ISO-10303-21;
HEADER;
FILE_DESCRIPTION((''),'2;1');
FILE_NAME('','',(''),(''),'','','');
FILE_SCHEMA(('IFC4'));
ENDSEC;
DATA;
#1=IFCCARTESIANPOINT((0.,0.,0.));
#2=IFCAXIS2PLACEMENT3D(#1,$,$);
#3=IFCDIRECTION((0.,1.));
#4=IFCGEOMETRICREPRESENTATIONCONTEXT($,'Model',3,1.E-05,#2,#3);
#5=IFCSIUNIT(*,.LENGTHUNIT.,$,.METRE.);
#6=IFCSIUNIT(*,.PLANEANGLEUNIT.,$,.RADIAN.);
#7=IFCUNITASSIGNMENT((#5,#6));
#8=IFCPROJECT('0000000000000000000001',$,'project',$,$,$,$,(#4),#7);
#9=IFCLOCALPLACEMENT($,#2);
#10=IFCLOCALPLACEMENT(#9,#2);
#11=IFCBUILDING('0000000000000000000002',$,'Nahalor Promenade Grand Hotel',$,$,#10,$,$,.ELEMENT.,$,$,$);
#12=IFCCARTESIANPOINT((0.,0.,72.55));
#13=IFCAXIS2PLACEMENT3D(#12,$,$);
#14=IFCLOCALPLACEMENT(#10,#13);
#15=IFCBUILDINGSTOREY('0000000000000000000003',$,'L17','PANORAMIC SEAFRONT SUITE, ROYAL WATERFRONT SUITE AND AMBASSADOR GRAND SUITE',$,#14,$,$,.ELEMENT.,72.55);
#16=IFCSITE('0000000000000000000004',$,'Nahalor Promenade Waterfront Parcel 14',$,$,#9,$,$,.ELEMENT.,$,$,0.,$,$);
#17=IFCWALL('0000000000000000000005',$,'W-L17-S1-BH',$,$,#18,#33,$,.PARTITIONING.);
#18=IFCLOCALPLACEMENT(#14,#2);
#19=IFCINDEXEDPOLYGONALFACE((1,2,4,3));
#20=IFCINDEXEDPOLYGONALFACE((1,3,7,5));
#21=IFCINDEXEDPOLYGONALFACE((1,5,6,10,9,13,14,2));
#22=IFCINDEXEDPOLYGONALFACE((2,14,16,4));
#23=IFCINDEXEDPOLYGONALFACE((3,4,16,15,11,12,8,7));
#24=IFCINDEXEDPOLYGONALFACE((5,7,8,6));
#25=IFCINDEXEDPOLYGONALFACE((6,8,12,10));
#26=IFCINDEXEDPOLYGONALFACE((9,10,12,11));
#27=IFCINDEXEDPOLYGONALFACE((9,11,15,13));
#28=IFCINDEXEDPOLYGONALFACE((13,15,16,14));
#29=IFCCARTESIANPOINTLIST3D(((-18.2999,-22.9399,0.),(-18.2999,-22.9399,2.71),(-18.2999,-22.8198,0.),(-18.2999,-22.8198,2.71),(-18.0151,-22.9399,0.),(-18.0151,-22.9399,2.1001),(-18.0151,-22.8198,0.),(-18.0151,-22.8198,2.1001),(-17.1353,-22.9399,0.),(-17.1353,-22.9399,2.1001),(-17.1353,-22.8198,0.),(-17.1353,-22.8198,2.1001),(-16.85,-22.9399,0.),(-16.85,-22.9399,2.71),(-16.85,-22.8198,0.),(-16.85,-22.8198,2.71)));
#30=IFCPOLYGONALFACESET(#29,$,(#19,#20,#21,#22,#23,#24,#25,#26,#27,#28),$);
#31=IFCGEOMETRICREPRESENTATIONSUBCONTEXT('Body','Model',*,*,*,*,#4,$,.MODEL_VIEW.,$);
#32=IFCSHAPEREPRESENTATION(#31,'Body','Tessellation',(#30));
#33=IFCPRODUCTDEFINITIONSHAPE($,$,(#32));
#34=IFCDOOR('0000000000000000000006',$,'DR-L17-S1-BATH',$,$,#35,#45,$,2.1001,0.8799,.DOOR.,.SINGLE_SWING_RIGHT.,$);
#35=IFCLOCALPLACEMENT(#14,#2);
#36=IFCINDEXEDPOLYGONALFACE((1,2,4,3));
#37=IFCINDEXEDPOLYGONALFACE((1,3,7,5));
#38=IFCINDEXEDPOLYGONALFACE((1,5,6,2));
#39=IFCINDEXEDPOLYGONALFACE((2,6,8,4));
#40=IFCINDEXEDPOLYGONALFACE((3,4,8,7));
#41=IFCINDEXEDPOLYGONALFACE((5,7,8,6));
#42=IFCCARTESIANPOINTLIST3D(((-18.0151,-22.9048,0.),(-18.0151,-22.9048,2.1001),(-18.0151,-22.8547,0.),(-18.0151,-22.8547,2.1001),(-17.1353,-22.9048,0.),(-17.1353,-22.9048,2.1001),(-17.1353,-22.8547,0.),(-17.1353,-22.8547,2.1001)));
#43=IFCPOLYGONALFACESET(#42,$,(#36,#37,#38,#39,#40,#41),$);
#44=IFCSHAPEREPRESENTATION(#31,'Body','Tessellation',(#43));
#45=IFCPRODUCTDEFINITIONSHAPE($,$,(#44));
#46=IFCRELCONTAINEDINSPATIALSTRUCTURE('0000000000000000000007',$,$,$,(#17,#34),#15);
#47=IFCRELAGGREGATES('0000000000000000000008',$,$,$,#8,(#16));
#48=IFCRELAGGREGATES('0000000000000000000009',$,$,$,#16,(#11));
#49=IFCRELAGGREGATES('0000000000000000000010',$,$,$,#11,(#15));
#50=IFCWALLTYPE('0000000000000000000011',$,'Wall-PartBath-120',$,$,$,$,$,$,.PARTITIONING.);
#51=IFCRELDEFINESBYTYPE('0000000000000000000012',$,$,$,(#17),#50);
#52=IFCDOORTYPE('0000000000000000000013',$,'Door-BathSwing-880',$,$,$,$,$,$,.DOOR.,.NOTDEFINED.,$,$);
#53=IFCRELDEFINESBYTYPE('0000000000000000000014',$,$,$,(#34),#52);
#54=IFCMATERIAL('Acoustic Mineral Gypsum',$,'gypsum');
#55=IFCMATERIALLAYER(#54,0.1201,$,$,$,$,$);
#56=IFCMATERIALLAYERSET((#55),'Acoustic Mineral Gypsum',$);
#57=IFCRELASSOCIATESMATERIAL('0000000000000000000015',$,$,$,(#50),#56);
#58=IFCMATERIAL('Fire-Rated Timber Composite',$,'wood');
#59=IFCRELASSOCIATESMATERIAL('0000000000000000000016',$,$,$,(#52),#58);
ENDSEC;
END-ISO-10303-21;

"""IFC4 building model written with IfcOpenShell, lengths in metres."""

from ifc_helpers import new_model, si_unit, direction, frame, frame_2d, origin, place, context, subcontext, project, spatial, rectangle, extrude, source, transform, mapped, material, layer, layer_set, type_object, element, fill, save


model = new_model("IFC4")

# Units and contexts
model_context = context("Model", 3, precision=1e-05, world=origin(), true_north=direction((0.0, 1.0)))
body_context = subcontext(model_context, "Body", "Model", "MODEL_VIEW")
ifc_project = project(units=[si_unit("LENGTHUNIT", "METRE"), si_unit("PLANEANGLEUNIT", "RADIAN")], contexts=[model_context])

# Site, building, storey
site_placement = place(None, origin())
site = spatial("IfcSite", under=ifc_project, at=site_placement, Name="Nahalor Promenade Waterfront Parcel 14", CompositionType="ELEMENT", RefElevation=0.0)
building_placement = place(site_placement, origin())
building = spatial("IfcBuilding", under=site, at=building_placement, Name="Nahalor Promenade Grand Hotel", CompositionType="ELEMENT")
storey_placement = place(building_placement, frame((0.0, 0.0, 72.55)))
storey = spatial("IfcBuildingStorey", under=building, at=storey_placement, Name="L17", Description="PANORAMIC SEAFRONT SUITE, ROYAL WATERFRONT SUITE AND AMBASSADOR GRAND SUITE", CompositionType="ELEMENT", Elevation=72.55)

# Shared definitions
ifc_material_1 = material(Name="Acoustic Mineral Gypsum", Category="gypsum")

# Shared definitions
ifc_layer_1 = layer(ifc_material_1, 0.1201)
ifc_layer_set_1 = layer_set([ifc_layer_1], Name="Acoustic Mineral Gypsum")
wall_type_1 = type_object("IfcWallType", Name="Wall-PartBath-120", PredefinedType="PARTITIONING", material=ifc_layer_set_1)
ifc_material_2 = material(Name="Fire-Rated Timber Composite", Category="wood")
door_type_1 = type_object("IfcDoorType", Name="Door-BathSwing-880", OperationType="NOTDEFINED", PredefinedType="DOOR", material=ifc_material_2)
shared_shape_1 = source(origin(), body_context, "Body", "SweptSolid", [
    extrude(rectangle(XDim=0.8799, YDim=2.1001, at=frame_2d((0.4399, 1.05))), frame((0.0, 0.0249, 0.0), z_axis=(0.0, -1.0, 0.0), x_axis=(1.0, 0.0, 0.0)), (0.0, 0.0, 1.0), 0.05),
])

# Wall, opening, door
shared_shape_2 = source(origin(), body_context, "Body", "SweptSolid", [
    extrude(rectangle(XDim=1.45, YDim=0.1201, at=frame_2d((0.7251, 0.0))), origin(), (0.0, 0.0, 1.0), 2.71),
])
wall_1_placement = place(storey_placement, frame((-18.3, -22.8799, 0.0), z_axis=(0.0, 0.0, 1.0), x_axis=(1.0, 0.0, 0.0)))
wall_1 = element("IfcWall", 1, at=wall_1_placement, inside=storey, type_object=wall_type_1, Name="W-L17-S1-BH", PredefinedType="PARTITIONING", context=body_context, shape_type="MappedRepresentation", body=[
    mapped(shared_shape_2, transform((0.0, 0.0, 0.0), scale=1.0)),
])
opening_1_placement = place(wall_1_placement, frame((0.2849, 0.0, 0.0)))
opening_1 = element("IfcOpeningElement", 2, at=opening_1_placement, cuts=wall_1, PredefinedType="OPENING", context=body_context, shape_type="SweptSolid", body=[
    extrude(rectangle(XDim=0.8799, YDim=2.1001, at=frame_2d((0.4399, 1.05))), frame((0.0, 0.0701, 0.0), z_axis=(0.0, -1.0, 0.0), x_axis=(1.0, 0.0, 0.0)), (0.0, 0.0, 1.0), 0.1401),
])
door_1_placement = place(opening_1_placement, frame((0.8799, 0.0, 0.0), z_axis=(0.0, 0.0, 1.0), x_axis=(-1.0, 0.0, 0.0)))
door_1 = element("IfcDoor", 3, at=door_1_placement, inside=storey, type_object=door_type_1, Name="DR-L17-S1-BATH", OperationType="SINGLE_SWING_RIGHT", OverallHeight=2.1001, OverallWidth=0.8799, PredefinedType="DOOR", context=body_context, shape_type="MappedRepresentation", body=[
    mapped(shared_shape_1, transform((0.0, 0.0, 0.0), scale=1.0)),
])
fill(opening_1, door_1)

save(model, "model.ifc")
